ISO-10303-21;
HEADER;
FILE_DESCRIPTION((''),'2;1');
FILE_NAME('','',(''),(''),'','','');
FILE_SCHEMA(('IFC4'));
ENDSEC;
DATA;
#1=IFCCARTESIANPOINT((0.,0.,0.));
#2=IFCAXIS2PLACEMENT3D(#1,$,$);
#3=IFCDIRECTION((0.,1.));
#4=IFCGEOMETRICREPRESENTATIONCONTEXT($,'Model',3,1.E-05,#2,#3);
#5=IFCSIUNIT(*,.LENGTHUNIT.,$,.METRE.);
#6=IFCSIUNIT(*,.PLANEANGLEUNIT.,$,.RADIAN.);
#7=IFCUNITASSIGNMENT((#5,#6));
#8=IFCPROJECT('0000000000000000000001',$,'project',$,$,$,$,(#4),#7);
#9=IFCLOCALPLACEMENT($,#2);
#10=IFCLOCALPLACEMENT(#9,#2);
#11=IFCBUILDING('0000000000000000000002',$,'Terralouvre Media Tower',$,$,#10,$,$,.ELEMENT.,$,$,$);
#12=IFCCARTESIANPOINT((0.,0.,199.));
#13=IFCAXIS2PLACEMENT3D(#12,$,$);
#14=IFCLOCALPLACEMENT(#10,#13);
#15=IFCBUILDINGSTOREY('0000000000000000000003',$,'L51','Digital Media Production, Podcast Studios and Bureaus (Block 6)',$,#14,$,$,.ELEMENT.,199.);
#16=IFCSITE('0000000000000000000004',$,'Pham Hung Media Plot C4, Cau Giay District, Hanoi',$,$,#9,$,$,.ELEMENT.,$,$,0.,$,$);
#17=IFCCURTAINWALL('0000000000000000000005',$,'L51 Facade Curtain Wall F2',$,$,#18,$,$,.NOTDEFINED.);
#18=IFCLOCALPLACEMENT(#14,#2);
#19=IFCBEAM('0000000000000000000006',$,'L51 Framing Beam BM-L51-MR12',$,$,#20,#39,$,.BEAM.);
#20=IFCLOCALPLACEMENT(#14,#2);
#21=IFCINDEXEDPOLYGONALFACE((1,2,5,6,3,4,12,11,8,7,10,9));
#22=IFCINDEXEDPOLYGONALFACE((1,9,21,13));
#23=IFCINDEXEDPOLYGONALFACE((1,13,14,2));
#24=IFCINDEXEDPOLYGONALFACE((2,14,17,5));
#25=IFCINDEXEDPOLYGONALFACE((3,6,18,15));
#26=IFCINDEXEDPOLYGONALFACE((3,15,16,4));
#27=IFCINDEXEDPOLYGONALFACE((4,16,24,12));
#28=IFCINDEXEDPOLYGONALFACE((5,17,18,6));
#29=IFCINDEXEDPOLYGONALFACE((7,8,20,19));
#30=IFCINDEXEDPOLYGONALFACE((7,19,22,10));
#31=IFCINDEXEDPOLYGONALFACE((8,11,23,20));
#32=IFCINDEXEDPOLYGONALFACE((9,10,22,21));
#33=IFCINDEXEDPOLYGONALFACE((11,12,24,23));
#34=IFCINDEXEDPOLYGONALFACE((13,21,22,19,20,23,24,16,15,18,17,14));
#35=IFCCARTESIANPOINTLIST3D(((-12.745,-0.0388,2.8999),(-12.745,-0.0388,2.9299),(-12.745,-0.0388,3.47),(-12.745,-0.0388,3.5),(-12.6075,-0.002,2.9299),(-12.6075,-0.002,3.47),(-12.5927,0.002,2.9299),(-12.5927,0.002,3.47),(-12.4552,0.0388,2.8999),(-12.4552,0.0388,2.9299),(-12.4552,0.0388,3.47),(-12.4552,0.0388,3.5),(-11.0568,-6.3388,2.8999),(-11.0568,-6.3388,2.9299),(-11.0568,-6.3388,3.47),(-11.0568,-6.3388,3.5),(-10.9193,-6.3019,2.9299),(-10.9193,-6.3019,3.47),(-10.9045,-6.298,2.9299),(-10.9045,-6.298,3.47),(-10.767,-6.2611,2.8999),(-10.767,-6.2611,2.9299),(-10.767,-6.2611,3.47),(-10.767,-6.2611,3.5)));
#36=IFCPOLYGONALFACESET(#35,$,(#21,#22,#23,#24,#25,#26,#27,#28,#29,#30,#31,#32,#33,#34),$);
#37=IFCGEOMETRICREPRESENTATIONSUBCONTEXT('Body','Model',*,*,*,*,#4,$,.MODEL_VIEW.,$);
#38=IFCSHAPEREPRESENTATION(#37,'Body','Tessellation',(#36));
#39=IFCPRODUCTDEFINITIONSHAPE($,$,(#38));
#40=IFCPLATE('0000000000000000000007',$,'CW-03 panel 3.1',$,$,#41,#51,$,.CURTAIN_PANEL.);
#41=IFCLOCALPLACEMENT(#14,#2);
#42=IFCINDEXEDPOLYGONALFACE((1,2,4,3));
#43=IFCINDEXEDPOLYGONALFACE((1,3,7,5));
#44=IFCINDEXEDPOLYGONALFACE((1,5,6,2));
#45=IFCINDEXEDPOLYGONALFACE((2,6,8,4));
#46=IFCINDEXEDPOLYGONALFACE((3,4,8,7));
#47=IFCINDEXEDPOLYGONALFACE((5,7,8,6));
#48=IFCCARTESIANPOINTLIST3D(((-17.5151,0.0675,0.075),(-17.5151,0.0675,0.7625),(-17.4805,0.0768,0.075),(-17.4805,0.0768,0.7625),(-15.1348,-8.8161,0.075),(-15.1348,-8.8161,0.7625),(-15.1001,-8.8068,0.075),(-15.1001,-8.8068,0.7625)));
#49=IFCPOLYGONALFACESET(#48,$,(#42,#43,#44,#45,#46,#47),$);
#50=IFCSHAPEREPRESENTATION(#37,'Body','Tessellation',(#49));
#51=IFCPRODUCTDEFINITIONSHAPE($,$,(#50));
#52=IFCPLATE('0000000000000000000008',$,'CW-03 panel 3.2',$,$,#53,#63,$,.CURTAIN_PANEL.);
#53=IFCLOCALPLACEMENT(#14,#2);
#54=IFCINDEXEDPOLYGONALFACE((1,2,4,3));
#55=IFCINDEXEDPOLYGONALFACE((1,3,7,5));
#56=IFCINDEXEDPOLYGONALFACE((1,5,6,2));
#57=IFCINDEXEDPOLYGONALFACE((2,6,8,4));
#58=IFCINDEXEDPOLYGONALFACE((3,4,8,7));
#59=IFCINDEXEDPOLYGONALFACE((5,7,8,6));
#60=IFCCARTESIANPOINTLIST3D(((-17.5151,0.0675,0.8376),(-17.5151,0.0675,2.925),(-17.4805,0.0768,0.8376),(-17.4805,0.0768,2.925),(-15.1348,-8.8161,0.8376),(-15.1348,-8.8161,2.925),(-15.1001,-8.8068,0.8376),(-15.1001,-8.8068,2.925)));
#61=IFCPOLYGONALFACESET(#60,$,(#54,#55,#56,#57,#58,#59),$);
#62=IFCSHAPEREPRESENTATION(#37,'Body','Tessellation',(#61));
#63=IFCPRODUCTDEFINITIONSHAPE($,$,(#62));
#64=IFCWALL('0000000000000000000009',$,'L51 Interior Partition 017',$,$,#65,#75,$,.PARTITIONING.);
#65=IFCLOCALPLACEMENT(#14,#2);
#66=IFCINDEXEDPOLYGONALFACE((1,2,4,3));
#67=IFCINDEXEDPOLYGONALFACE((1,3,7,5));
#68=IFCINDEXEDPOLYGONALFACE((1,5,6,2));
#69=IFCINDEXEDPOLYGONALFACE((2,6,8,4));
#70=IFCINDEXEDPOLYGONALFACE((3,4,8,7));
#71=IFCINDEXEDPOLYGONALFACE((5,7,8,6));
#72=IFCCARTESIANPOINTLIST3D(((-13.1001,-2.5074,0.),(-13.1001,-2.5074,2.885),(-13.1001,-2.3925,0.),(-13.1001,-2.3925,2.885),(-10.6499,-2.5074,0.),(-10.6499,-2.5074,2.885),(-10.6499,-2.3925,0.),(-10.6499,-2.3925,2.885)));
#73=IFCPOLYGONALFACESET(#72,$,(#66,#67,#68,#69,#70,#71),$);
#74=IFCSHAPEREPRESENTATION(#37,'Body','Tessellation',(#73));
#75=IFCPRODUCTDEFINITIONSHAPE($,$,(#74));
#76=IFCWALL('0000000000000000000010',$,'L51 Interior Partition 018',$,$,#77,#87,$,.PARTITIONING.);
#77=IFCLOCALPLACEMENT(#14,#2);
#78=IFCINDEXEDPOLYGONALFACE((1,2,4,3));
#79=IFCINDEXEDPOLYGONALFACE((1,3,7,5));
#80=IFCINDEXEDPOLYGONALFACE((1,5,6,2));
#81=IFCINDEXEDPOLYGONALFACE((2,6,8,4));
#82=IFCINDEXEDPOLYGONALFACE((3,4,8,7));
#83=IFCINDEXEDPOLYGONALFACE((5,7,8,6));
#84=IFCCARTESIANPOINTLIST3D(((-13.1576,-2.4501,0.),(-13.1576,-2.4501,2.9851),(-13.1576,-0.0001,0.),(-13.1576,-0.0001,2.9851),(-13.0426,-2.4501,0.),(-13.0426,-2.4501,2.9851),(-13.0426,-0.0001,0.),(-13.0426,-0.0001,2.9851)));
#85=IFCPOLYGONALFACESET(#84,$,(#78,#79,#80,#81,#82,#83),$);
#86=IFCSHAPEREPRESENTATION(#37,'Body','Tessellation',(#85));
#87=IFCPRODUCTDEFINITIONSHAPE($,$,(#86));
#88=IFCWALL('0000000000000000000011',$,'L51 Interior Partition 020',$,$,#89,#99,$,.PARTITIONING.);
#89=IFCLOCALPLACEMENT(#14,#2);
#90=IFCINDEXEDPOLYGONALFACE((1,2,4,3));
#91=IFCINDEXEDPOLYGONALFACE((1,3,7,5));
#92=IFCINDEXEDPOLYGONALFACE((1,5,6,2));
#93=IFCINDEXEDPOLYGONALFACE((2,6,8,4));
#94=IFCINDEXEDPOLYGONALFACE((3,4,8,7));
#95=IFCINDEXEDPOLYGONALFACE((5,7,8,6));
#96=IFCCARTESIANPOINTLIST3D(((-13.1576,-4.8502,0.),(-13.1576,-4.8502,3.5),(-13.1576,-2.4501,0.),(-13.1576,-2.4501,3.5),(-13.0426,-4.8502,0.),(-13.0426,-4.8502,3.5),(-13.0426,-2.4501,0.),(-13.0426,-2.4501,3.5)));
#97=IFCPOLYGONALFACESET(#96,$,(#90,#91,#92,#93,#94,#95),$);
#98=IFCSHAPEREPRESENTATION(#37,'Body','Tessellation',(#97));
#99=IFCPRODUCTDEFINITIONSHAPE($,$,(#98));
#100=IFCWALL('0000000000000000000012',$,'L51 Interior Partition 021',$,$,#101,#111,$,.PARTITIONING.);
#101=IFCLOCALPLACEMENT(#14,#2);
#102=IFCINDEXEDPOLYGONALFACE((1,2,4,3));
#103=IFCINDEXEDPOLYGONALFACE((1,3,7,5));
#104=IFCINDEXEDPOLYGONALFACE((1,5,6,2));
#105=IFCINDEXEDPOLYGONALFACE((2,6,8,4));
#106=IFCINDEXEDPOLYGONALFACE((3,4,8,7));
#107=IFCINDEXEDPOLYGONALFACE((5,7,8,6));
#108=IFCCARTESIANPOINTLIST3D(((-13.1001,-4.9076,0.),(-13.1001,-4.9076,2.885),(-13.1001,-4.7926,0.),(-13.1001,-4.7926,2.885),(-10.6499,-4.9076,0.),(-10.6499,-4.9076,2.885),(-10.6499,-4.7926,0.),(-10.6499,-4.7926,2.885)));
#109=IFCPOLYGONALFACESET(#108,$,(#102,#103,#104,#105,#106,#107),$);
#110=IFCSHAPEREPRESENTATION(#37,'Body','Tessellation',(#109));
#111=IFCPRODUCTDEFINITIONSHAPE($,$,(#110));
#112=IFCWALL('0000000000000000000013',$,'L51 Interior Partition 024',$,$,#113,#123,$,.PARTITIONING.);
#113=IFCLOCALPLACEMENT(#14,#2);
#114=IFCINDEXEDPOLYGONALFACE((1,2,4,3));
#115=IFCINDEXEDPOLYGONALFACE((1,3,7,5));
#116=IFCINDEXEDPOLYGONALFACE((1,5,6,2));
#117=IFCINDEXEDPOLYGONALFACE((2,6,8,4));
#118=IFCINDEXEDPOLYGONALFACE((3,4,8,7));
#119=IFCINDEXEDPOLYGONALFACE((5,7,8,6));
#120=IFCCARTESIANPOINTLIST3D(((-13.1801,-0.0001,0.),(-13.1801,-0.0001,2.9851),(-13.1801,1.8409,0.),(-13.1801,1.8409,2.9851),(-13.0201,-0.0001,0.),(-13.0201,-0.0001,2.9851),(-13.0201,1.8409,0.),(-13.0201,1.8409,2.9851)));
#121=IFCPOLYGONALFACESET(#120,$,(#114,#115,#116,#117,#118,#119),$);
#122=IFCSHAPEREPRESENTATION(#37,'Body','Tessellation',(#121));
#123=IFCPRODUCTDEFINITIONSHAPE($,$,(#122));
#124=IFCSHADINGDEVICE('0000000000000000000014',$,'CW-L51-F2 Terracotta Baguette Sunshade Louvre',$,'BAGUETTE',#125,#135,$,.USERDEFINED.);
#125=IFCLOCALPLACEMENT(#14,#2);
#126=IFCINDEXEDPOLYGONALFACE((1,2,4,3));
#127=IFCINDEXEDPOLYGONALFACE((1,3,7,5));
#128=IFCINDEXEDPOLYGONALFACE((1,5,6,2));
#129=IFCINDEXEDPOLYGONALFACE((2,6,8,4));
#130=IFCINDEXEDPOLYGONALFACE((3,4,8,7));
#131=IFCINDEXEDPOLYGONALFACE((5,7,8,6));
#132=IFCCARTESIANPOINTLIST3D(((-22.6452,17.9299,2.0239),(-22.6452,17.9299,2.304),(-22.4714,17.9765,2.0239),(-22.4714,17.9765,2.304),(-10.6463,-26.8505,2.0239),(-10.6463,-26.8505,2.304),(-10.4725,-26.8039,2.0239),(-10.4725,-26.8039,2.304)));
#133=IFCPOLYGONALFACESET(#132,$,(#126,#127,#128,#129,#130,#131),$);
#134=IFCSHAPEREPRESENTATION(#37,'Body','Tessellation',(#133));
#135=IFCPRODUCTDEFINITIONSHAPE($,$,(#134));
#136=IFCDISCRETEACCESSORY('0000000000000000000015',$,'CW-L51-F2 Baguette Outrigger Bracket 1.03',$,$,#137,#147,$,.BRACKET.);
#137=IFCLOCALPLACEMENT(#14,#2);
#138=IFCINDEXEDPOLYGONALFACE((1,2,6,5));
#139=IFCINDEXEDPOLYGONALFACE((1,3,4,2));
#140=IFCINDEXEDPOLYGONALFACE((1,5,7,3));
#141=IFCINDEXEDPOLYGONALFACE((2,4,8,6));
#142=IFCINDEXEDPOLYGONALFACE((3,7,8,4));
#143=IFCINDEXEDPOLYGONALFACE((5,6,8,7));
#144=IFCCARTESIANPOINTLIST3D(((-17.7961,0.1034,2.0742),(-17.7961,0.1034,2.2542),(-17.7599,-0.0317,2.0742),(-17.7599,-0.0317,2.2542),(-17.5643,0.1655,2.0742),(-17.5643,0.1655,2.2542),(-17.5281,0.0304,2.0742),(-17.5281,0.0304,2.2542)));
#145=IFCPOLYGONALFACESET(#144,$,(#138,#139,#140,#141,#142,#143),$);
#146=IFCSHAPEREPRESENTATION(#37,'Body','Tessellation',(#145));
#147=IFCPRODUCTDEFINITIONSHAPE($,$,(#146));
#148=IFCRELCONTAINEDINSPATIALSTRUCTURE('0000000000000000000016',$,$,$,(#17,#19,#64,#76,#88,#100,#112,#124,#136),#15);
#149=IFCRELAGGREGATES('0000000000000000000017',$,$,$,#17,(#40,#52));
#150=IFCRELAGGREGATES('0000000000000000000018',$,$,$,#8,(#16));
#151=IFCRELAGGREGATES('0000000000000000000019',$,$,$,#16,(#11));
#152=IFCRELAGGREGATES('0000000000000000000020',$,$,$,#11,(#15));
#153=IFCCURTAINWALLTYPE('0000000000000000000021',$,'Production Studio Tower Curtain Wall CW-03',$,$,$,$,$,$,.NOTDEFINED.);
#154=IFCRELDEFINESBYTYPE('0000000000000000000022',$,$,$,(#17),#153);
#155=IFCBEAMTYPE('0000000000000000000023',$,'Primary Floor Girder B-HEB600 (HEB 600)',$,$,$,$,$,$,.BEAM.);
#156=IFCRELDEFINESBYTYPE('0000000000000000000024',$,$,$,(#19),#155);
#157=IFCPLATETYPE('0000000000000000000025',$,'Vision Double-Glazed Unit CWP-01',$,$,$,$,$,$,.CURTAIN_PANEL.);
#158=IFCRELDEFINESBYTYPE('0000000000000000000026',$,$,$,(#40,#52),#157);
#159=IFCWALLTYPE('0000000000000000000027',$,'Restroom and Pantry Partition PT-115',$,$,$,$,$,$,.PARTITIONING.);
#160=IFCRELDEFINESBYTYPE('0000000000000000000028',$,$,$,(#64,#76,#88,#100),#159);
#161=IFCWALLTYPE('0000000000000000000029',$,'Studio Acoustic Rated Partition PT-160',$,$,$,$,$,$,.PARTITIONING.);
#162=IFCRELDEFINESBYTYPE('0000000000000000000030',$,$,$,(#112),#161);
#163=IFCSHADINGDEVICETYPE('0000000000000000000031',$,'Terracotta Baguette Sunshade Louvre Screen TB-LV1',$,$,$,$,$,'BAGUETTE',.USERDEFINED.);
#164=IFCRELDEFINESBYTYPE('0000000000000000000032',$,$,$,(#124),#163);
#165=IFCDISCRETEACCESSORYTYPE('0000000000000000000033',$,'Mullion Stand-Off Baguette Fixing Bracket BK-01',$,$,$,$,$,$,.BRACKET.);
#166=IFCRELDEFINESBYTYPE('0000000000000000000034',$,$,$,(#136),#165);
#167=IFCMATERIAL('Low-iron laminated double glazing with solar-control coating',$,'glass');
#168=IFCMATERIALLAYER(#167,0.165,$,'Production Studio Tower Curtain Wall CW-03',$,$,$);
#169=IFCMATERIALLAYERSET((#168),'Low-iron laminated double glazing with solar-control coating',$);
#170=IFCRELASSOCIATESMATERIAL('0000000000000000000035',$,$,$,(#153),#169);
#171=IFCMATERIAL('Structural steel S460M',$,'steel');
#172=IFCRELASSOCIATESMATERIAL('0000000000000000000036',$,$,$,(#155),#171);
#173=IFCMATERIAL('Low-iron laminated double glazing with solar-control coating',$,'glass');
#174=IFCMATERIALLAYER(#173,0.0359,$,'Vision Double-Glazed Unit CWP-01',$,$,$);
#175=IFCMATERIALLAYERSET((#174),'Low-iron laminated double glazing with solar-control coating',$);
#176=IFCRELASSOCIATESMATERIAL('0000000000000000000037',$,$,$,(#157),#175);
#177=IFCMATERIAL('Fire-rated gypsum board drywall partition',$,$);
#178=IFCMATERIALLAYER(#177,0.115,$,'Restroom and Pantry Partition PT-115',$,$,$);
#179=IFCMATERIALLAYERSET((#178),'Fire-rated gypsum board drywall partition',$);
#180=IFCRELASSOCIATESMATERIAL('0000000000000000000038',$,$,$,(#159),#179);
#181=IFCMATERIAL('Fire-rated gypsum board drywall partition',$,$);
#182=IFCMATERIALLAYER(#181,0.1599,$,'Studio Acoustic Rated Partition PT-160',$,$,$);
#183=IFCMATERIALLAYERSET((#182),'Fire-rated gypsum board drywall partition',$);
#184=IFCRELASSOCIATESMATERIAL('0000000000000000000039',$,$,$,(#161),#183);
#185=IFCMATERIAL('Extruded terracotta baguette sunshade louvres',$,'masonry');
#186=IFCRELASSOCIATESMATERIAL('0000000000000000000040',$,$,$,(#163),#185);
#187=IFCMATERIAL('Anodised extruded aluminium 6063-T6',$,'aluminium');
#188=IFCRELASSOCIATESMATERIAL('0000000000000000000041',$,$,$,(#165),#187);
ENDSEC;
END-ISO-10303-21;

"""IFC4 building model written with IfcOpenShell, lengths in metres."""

from ifc_helpers import new_model, si_unit, direction, frame, frame_2d, origin, origin_2d, place, context, subcontext, project, spatial, rectangle, i_section, extrude, material, layer, layer_set, material_profile, profile_set, type_object, element, aggregate, save


model = new_model("IFC4")

# Units and contexts
model_context = context("Model", 3, precision=1e-05, world=origin(), true_north=direction((0.0, 1.0)))
body_context = subcontext(model_context, "Body", "Model", "MODEL_VIEW")
ifc_project = project(units=[si_unit("LENGTHUNIT", "METRE"), si_unit("PLANEANGLEUNIT", "RADIAN")], contexts=[model_context])

# Site, building, storey
site_placement = place(None, origin())
site = spatial("IfcSite", under=ifc_project, at=site_placement, Name="Pham Hung Media Plot C4, Cau Giay District, Hanoi", CompositionType="ELEMENT", RefElevation=0.0)
building_placement = place(site_placement, origin())
building = spatial("IfcBuilding", under=site, at=building_placement, Name="Terralouvre Media Tower", CompositionType="ELEMENT")
storey_placement = place(building_placement, frame((0.0, 0.0, 199.0)))
storey = spatial("IfcBuildingStorey", under=building, at=storey_placement, Name="L51", Description="Digital Media Production, Podcast Studios and Bureaus (Block 6)", CompositionType="ELEMENT", Elevation=199.0)

# Curtain wall
ifc_material_1 = material(Name="Low-iron laminated double glazing with solar-control coating", Category="glass")
ifc_layer_1 = layer(ifc_material_1, 0.165, Name="Production Studio Tower Curtain Wall CW-03")
ifc_layer_set_1 = layer_set([ifc_layer_1], Name="Low-iron laminated double glazing with solar-control coating")
curtain_wall_type = type_object("IfcCurtainWallType", Name="Production Studio Tower Curtain Wall CW-03", PredefinedType="NOTDEFINED", material=ifc_layer_set_1)
curtain_wall_placement = place(storey_placement, origin())
curtain_wall = element("IfcCurtainWall", 1, at=curtain_wall_placement, inside=storey, type_object=curtain_wall_type, Name="L51 Facade Curtain Wall F2", PredefinedType="NOTDEFINED")

# Beam
ifc_material_2 = material(Name="Structural steel S460M", Category="steel")
ifc_material_profile_1 = material_profile(ifc_material_2, i_section(OverallWidth=0.3, OverallDepth=0.6001, WebThickness=0.0154, FlangeThickness=0.03, at=origin_2d()), Name="HEB 600")
ifc_profile_set_1 = profile_set([ifc_material_profile_1], Name="Structural steel S460M")
beam_type_1 = type_object("IfcBeamType", Name="Primary Floor Girder B-HEB600 (HEB 600)", PredefinedType="BEAM", material=ifc_profile_set_1)
beam_1_placement = place(storey_placement, frame((-12.6001, 0.0, 3.2), z_axis=(0.258839, -0.96592, 0.0), x_axis=(0.96592, 0.258839, 0.0)))
element("IfcBeam", 2, at=beam_1_placement, inside=storey, type_object=beam_type_1, Name="L51 Framing Beam BM-L51-MR12", PredefinedType="BEAM", context=body_context, shape_type="SweptSolid", body=[
    extrude(i_section(OverallWidth=0.3, OverallDepth=0.6001, WebThickness=0.0154, FlangeThickness=0.03, at=origin_2d()), origin(), (0.0, 0.0, 1.0), 6.5222),
])

# Plates
ifc_material_3 = material(Name="Low-iron laminated double glazing with solar-control coating", Category="glass")
ifc_layer_2 = layer(ifc_material_3, 0.0359, Name="Vision Double-Glazed Unit CWP-01")
ifc_layer_set_2 = layer_set([ifc_layer_2], Name="Low-iron laminated double glazing with solar-control coating")
plate_type = type_object("IfcPlateType", Name="Vision Double-Glazed Unit CWP-01", PredefinedType="CURTAIN_PANEL", material=ifc_layer_set_2)
plate_1_placement = place(storey_placement, frame((-16.3076, -4.3696, 0.075), z_axis=(0.0, 0.0, 1.0), x_axis=(0.258819, -0.965926, 0.0)))
plate_1 = element("IfcPlate", 3, at=plate_1_placement, type_object=plate_type, Name="CW-03 panel 3.1", PredefinedType="CURTAIN_PANEL", context=body_context, shape_type="SweptSolid", body=[
    extrude(rectangle(XDim=9.197, YDim=0.0359, at=origin_2d()), origin(), (0.0, 0.0, 1.0), 0.6875),
])
plate_2_placement = place(storey_placement, frame((-16.3076, -4.3696, 0.8376), z_axis=(0.0, 0.0, 1.0), x_axis=(0.258819, -0.965926, 0.0)))
plate_2 = element("IfcPlate", 4, at=plate_2_placement, type_object=plate_type, Name="CW-03 panel 3.2", PredefinedType="CURTAIN_PANEL", context=body_context, shape_type="SweptSolid", body=[
    extrude(rectangle(XDim=9.197, YDim=0.0359, at=origin_2d()), origin(), (0.0, 0.0, 1.0), 2.0874),
])
aggregate(curtain_wall, [plate_1, plate_2])

# Walls
ifc_material_4 = material(Name="Fire-rated gypsum board drywall partition")
ifc_layer_3 = layer(ifc_material_4, 0.115, Name="Restroom and Pantry Partition PT-115")
ifc_layer_set_3 = layer_set([ifc_layer_3], Name="Fire-rated gypsum board drywall partition")
wall_type_1 = type_object("IfcWallType", Name="Restroom and Pantry Partition PT-115", PredefinedType="PARTITIONING", material=ifc_layer_set_3)
wall_1_placement = place(storey_placement, frame((-13.1001, -2.45, 0.0), z_axis=(0.0, 0.0, 1.0), x_axis=(1.0, 0.0, 0.0)))
element("IfcWall", 5, at=wall_1_placement, inside=storey, type_object=wall_type_1, Name="L51 Interior Partition 017", PredefinedType="PARTITIONING", context=body_context, shape_type="SweptSolid", body=[
    extrude(rectangle(XDim=2.4502, YDim=0.115, at=frame_2d((1.2251, 0.0))), origin(), (0.0, 0.0, 1.0), 2.885),
])
wall_2_placement = place(storey_placement, frame((-13.1001, 0.0, 0.0), z_axis=(0.0, 0.0, 1.0), x_axis=(0.0, -1.0, 0.0)))
element("IfcWall", 6, at=wall_2_placement, inside=storey, type_object=wall_type_1, Name="L51 Interior Partition 018", PredefinedType="PARTITIONING", context=body_context, shape_type="SweptSolid", body=[
    extrude(rectangle(XDim=2.45, YDim=0.115, at=frame_2d((1.2251, 0.0))), origin(), (0.0, 0.0, 1.0), 2.9851),
])
wall_3_placement = place(storey_placement, frame((-13.1001, -2.45, 0.0), z_axis=(0.0, 0.0, 1.0), x_axis=(0.0, -1.0, 0.0)))
element("IfcWall", 7, at=wall_3_placement, inside=storey, type_object=wall_type_1, Name="L51 Interior Partition 020", PredefinedType="PARTITIONING", context=body_context, shape_type="SweptSolid", body=[
    extrude(rectangle(XDim=2.4001, YDim=0.115, at=frame_2d((1.2002, 0.0))), origin(), (0.0, 0.0, 1.0), 3.5),
])
wall_4_placement = place(storey_placement, frame((-13.1001, -4.8501, 0.0), z_axis=(0.0, 0.0, 1.0), x_axis=(1.0, 0.0, 0.0)))
element("IfcWall", 8, at=wall_4_placement, inside=storey, type_object=wall_type_1, Name="L51 Interior Partition 021", PredefinedType="PARTITIONING", context=body_context, shape_type="SweptSolid", body=[
    extrude(rectangle(XDim=2.4502, YDim=0.115, at=frame_2d((1.2251, 0.0))), origin(), (0.0, 0.0, 1.0), 2.885),
])
ifc_material_5 = material(Name="Fire-rated gypsum board drywall partition")
ifc_layer_4 = layer(ifc_material_5, 0.1599, Name="Studio Acoustic Rated Partition PT-160")
ifc_layer_set_4 = layer_set([ifc_layer_4], Name="Fire-rated gypsum board drywall partition")
wall_type_2 = type_object("IfcWallType", Name="Studio Acoustic Rated Partition PT-160", PredefinedType="PARTITIONING", material=ifc_layer_set_4)
wall_5_placement = place(storey_placement, frame((-13.1001, 0.0, 0.0), z_axis=(0.0, 0.0, 1.0), x_axis=(0.0, 1.0, 0.0)))
element("IfcWall", 9, at=wall_5_placement, inside=storey, type_object=wall_type_2, Name="L51 Interior Partition 024", PredefinedType="PARTITIONING", context=body_context, shape_type="SweptSolid", body=[
    extrude(rectangle(XDim=1.8411, YDim=0.1599, at=frame_2d((0.9204, 0.0))), origin(), (0.0, 0.0, 1.0), 2.9851),
])

# Shading device
ifc_material_6 = material(Name="Extruded terracotta baguette sunshade louvres", Category="masonry")
shading_device_type = type_object("IfcShadingDeviceType", Name="Terracotta Baguette Sunshade Louvre Screen TB-LV1", ElementType="BAGUETTE", PredefinedType="USERDEFINED", material=ifc_material_6)
shading_device_placement = place(storey_placement, frame((-16.5588, -4.437, 2.0239), z_axis=(0.0, 0.0, 1.0), x_axis=(0.258819, -0.965926, 0.0)))
element("IfcShadingDevice", 10, at=shading_device_placement, inside=storey, type_object=shading_device_type, Name="CW-L51-F2 Terracotta Baguette Sunshade Louvre", ObjectType="BAGUETTE", PredefinedType="USERDEFINED", context=body_context, shape_type="SweptSolid", body=[
    extrude(rectangle(XDim=46.3601, YDim=0.1799, at=origin_2d()), origin(), (0.0, 0.0, 1.0), 0.28),
])

# Discrete accessory
ifc_material_7 = material(Name="Anodised extruded aluminium 6063-T6", Category="aluminium")
discrete_accessory_type = type_object("IfcDiscreteAccessoryType", Name="Mullion Stand-Off Baguette Fixing Bracket BK-01", PredefinedType="BRACKET", material=ifc_material_7)
discrete_accessory_placement = place(storey_placement, frame((-17.6621, 0.0669, 2.0742), z_axis=(0.0, 0.0, 1.0), x_axis=(0.258819, -0.965926, 0.0)))
element("IfcDiscreteAccessory", 11, at=discrete_accessory_placement, inside=storey, type_object=discrete_accessory_type, Name="CW-L51-F2 Baguette Outrigger Bracket 1.03", PredefinedType="BRACKET", context=body_context, shape_type="SweptSolid", body=[
    extrude(rectangle(XDim=0.1399, YDim=0.24, at=origin_2d()), origin(), (0.0, 0.0, 1.0), 0.1799),
])

save(model, "model.ifc")
